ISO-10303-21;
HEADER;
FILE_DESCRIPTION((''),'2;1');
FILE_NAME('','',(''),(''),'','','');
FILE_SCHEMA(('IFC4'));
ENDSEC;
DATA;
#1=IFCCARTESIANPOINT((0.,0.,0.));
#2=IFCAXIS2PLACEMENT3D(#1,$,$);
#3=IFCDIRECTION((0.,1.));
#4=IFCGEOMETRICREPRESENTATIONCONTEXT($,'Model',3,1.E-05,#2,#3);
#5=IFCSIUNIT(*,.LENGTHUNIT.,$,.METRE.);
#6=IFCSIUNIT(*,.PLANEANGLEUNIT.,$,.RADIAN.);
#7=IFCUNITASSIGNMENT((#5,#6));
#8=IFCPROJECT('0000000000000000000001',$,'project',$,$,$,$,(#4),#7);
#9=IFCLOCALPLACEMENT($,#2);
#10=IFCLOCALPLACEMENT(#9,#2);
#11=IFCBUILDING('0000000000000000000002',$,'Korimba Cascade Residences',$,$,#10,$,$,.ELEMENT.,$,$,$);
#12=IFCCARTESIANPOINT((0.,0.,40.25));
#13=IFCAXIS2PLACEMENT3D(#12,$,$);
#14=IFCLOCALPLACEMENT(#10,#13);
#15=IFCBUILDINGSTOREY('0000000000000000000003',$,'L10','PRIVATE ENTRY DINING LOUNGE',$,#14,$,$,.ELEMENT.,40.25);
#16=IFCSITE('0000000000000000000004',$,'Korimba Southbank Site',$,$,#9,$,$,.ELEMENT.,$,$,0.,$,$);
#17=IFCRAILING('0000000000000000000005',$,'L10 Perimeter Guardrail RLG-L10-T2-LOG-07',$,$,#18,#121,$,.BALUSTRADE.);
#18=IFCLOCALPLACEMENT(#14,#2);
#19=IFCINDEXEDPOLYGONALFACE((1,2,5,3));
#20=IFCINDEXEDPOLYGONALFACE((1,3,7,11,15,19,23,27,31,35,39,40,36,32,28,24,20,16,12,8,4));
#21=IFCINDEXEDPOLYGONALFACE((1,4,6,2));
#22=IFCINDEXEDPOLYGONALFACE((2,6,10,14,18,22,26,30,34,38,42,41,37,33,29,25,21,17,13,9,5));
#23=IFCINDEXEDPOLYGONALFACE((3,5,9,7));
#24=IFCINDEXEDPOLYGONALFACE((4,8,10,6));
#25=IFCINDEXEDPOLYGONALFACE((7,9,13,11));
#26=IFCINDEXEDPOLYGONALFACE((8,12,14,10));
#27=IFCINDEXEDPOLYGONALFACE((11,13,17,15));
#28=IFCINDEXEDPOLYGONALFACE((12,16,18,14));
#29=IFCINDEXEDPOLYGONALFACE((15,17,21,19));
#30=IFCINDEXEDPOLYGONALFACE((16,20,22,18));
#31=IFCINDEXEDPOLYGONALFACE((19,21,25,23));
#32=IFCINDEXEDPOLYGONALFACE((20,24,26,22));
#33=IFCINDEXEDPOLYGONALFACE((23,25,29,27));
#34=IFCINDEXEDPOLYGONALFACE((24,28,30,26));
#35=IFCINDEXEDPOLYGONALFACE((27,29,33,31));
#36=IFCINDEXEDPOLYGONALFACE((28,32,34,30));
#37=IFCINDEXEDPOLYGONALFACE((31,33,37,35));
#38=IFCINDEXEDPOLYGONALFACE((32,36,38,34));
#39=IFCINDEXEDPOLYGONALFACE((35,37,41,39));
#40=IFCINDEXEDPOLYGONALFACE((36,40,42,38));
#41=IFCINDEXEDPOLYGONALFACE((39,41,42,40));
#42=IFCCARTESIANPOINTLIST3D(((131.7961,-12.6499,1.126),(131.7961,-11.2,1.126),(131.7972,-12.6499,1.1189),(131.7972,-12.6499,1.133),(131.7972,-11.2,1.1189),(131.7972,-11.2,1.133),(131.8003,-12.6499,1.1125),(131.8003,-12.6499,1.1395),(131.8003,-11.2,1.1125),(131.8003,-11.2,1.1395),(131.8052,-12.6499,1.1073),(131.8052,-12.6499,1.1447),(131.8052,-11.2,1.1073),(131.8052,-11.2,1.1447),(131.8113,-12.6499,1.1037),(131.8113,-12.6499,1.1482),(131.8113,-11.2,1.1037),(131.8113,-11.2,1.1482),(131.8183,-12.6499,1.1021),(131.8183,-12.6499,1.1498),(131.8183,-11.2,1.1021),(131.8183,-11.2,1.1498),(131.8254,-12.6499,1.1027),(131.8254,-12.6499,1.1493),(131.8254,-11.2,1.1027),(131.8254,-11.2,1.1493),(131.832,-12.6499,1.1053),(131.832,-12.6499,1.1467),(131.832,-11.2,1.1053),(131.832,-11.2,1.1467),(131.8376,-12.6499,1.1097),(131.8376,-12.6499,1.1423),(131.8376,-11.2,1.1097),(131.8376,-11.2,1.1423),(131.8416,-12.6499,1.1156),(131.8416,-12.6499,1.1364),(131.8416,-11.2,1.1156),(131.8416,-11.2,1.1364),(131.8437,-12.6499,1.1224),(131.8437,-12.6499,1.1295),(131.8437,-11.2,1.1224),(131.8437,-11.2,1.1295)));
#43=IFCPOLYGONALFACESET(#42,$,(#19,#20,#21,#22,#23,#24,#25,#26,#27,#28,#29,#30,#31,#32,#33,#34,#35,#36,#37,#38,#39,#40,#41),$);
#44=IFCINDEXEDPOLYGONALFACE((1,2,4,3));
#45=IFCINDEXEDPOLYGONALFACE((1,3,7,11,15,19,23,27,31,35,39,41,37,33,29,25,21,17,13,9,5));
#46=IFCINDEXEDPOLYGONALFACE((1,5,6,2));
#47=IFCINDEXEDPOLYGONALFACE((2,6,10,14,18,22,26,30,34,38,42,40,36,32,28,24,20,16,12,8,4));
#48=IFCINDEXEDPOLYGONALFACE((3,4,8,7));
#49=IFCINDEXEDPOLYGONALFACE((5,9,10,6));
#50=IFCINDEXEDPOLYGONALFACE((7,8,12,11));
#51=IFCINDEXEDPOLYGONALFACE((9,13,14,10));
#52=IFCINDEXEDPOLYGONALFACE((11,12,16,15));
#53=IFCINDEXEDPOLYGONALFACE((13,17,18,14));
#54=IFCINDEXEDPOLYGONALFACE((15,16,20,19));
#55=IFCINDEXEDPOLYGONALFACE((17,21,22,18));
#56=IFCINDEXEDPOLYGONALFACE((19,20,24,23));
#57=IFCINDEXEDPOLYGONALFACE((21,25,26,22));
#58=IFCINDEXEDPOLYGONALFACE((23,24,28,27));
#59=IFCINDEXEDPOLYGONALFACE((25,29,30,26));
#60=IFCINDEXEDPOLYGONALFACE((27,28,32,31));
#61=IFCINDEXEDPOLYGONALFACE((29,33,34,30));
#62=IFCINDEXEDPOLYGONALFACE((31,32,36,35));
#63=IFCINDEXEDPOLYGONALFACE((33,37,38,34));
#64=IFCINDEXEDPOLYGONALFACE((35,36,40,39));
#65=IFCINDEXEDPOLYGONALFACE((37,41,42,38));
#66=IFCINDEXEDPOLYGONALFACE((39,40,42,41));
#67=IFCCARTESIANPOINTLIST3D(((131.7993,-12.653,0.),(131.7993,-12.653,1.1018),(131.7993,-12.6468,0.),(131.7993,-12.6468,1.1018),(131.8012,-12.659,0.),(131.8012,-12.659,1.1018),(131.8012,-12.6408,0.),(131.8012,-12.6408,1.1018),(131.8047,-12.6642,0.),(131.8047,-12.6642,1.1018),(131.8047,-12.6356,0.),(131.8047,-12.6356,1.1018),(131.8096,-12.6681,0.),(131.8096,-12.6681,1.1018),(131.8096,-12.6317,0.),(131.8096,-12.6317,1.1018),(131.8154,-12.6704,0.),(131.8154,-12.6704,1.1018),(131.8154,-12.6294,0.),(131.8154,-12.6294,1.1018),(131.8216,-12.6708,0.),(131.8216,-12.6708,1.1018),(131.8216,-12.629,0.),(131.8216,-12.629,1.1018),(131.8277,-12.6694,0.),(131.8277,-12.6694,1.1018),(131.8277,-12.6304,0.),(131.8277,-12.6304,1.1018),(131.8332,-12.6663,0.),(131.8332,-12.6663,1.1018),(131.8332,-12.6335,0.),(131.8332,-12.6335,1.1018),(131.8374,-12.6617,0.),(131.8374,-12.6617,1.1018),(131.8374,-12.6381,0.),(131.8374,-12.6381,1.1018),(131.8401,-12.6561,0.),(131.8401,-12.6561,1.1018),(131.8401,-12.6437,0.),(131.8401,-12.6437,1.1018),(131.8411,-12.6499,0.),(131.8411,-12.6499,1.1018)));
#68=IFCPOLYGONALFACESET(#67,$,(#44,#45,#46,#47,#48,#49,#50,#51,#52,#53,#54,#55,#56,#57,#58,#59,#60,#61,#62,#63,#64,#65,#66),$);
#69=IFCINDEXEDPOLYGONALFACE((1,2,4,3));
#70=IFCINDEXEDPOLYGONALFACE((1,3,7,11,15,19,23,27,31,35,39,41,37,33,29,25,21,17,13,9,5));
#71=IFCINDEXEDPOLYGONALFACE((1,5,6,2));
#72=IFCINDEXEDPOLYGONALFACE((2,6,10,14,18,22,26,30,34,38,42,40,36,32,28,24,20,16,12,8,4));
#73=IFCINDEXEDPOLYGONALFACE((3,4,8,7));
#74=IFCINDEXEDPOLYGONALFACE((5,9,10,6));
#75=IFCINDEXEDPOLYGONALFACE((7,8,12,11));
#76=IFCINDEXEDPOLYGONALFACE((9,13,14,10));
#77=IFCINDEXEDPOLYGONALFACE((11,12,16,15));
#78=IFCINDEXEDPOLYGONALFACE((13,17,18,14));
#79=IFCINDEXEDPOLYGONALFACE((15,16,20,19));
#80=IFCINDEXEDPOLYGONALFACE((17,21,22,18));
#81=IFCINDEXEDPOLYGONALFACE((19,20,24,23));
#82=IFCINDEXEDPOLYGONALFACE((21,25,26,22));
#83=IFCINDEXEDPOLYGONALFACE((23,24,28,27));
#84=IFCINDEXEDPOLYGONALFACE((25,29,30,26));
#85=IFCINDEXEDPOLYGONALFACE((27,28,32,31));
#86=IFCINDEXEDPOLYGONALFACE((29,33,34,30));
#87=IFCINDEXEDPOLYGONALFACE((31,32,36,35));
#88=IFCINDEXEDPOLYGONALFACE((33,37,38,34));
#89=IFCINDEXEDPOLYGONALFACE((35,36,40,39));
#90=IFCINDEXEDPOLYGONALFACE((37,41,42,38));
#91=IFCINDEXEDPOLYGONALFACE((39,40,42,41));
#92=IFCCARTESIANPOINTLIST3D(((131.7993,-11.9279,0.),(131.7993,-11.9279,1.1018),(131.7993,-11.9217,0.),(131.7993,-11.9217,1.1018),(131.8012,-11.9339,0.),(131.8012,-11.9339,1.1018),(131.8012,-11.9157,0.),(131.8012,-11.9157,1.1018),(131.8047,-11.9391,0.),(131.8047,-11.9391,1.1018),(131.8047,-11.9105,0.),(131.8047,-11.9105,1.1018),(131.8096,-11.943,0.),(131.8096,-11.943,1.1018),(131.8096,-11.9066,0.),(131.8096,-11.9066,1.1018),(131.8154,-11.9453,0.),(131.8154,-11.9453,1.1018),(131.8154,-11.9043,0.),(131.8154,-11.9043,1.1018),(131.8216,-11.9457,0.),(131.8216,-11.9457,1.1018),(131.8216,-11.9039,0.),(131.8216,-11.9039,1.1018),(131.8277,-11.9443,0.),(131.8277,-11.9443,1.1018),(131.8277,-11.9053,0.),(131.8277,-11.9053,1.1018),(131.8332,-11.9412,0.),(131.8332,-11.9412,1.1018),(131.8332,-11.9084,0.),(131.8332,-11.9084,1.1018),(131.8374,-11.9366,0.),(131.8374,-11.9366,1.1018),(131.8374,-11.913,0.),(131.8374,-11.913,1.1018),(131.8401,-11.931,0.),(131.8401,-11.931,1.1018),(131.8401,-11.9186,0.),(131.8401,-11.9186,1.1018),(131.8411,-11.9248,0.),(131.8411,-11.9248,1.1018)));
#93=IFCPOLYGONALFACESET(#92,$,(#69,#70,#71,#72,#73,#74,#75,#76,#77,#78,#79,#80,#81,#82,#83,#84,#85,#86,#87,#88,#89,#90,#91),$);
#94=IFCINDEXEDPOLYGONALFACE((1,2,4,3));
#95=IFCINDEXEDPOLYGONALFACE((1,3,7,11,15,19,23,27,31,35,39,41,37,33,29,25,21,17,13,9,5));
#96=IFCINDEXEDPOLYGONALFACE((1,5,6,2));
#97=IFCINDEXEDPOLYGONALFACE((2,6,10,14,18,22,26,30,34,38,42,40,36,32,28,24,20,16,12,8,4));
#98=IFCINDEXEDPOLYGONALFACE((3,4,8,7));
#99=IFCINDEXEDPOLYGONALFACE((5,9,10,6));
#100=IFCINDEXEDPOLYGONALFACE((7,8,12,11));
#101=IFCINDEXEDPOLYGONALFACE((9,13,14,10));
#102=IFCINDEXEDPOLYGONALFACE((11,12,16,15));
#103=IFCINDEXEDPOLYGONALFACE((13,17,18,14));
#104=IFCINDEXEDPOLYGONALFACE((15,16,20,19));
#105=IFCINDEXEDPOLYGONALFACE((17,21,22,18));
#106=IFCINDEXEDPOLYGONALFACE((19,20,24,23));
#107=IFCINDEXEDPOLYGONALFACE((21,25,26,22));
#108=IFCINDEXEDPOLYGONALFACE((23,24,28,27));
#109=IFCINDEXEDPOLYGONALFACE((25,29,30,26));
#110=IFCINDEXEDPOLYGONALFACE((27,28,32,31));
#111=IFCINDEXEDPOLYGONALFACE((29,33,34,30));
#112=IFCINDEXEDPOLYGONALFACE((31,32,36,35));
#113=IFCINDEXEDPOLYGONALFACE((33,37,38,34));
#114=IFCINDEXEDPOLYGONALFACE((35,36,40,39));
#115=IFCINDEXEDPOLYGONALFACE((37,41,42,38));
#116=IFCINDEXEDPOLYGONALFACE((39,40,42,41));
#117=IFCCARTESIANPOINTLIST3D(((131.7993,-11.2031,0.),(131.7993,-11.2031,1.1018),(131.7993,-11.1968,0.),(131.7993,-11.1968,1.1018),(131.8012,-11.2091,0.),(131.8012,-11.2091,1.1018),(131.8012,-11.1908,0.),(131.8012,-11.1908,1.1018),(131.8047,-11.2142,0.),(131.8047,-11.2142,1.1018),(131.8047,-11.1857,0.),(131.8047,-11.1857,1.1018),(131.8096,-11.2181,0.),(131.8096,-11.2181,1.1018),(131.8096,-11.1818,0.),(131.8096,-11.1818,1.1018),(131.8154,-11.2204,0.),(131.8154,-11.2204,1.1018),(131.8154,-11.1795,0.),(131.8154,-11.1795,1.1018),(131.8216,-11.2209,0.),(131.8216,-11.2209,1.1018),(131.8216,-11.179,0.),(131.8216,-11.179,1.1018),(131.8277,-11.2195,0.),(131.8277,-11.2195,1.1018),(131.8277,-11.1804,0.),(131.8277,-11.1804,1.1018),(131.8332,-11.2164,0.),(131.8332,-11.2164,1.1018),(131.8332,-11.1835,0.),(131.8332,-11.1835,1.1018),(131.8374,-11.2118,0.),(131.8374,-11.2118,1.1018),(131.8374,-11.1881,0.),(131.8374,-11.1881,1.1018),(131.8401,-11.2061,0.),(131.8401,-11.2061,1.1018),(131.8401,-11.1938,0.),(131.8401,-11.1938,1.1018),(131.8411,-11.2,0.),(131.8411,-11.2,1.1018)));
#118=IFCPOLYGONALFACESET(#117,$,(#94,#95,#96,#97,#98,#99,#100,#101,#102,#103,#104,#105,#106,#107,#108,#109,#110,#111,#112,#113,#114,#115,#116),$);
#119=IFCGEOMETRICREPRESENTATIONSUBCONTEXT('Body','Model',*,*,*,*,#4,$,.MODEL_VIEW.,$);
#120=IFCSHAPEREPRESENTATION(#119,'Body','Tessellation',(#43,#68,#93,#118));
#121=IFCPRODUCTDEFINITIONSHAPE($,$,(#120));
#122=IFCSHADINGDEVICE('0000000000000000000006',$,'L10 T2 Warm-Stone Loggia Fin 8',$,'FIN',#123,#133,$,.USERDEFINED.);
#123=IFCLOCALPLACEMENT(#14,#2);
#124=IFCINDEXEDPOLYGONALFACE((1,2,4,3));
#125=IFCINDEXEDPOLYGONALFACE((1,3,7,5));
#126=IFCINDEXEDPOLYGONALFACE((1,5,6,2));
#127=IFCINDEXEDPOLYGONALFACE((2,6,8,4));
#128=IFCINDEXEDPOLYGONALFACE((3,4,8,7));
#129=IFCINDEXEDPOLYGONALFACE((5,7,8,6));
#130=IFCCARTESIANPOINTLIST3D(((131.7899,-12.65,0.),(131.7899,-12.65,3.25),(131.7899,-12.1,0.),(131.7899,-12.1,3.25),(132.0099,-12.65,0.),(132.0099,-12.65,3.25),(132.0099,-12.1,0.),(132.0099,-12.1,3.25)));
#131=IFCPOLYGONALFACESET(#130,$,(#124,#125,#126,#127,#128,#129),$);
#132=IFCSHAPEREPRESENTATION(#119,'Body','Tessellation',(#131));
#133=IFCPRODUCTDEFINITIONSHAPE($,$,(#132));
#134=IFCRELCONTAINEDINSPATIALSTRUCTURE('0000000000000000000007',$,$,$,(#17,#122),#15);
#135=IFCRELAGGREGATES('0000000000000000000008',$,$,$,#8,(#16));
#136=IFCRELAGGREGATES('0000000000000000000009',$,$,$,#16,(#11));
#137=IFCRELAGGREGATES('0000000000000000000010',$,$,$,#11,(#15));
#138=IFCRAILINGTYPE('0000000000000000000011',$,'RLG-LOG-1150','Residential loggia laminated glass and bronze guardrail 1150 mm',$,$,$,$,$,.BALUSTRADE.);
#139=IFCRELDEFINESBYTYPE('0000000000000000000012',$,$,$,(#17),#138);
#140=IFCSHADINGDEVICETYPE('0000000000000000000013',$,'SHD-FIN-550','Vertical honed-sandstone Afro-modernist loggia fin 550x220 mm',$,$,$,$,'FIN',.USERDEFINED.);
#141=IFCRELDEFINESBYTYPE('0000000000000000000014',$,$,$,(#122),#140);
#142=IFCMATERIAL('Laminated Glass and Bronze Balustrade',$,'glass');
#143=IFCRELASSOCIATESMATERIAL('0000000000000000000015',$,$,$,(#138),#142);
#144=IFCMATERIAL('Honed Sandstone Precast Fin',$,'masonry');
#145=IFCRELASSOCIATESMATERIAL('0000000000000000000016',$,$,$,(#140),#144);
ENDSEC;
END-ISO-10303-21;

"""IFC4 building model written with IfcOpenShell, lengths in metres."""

from ifc_helpers import new_model, si_unit, direction, frame, origin, origin_2d, place, context, subcontext, project, spatial, rectangle, circle, extrude, material, type_object, element, save


model = new_model("IFC4")

# Units and contexts
model_context = context("Model", 3, precision=1e-05, world=origin(), true_north=direction((0.0, 1.0)))
body_context = subcontext(model_context, "Body", "Model", "MODEL_VIEW")
ifc_project = project(units=[si_unit("LENGTHUNIT", "METRE"), si_unit("PLANEANGLEUNIT", "RADIAN")], contexts=[model_context])

# Site, building, storey
site_placement = place(None, origin())
site = spatial("IfcSite", under=ifc_project, at=site_placement, Name="Korimba Southbank Site", CompositionType="ELEMENT", RefElevation=0.0)
building_placement = place(site_placement, origin())
building = spatial("IfcBuilding", under=site, at=building_placement, Name="Korimba Cascade Residences", CompositionType="ELEMENT")
storey_placement = place(building_placement, frame((0.0, 0.0, 40.25)))
storey = spatial("IfcBuildingStorey", under=building, at=storey_placement, Name="L10", Description="PRIVATE ENTRY DINING LOUNGE", CompositionType="ELEMENT", Elevation=40.25)

# Railing
ifc_material_1 = material(Name="Laminated Glass and Bronze Balustrade", Category="glass")
railing_type = type_object("IfcRailingType", Name="RLG-LOG-1150", Description="Residential loggia laminated glass and bronze guardrail 1150 mm", PredefinedType="BALUSTRADE", material=ifc_material_1)
railing_placement = place(storey_placement, frame((131.8201, -12.6499, 0.0)))
element("IfcRailing", 1, at=railing_placement, inside=storey, type_object=railing_type, Name="L10 Perimeter Guardrail RLG-L10-T2-LOG-07", PredefinedType="BALUSTRADE", context=body_context, shape_type="SweptSolid", body=[
    extrude(circle(Radius=0.0239, at=origin_2d()), frame((0.0, 0.0, 1.126), z_axis=(0.0, 1.0, 0.0), x_axis=(-1.0, 0.0, 0.0)), (0.0, 0.0, 1.0), 1.45),
    extrude(circle(Radius=0.021, at=origin_2d()), origin(), (0.0, 0.0, 1.0), 1.1018),
    extrude(circle(Radius=0.021, at=origin_2d()), frame((0.0, 0.7251, 0.0)), (0.0, 0.0, 1.0), 1.1018),
    extrude(circle(Radius=0.021, at=origin_2d()), frame((0.0, 1.45, 0.0)), (0.0, 0.0, 1.0), 1.1018),
])

# Shading device
ifc_material_2 = material(Name="Honed Sandstone Precast Fin", Category="masonry")
shading_device_type = type_object("IfcShadingDeviceType", Name="SHD-FIN-550", Description="Vertical honed-sandstone Afro-modernist loggia fin 550x220 mm", ElementType="FIN", PredefinedType="USERDEFINED", material=ifc_material_2)
shading_device_placement = place(storey_placement, frame((131.8999, -12.375, 0.0), z_axis=(0.0, 0.0, 1.0), x_axis=(1.0, 0.0, 0.0)))
element("IfcShadingDevice", 2, at=shading_device_placement, inside=storey, type_object=shading_device_type, Name="L10 T2 Warm-Stone Loggia Fin 8", ObjectType="FIN", PredefinedType="USERDEFINED", context=body_context, shape_type="SweptSolid", body=[
    extrude(rectangle(XDim=0.22, YDim=0.55, at=origin_2d()), origin(), (0.0, 0.0, 1.0), 3.25),
])

save(model, "model.ifc")
